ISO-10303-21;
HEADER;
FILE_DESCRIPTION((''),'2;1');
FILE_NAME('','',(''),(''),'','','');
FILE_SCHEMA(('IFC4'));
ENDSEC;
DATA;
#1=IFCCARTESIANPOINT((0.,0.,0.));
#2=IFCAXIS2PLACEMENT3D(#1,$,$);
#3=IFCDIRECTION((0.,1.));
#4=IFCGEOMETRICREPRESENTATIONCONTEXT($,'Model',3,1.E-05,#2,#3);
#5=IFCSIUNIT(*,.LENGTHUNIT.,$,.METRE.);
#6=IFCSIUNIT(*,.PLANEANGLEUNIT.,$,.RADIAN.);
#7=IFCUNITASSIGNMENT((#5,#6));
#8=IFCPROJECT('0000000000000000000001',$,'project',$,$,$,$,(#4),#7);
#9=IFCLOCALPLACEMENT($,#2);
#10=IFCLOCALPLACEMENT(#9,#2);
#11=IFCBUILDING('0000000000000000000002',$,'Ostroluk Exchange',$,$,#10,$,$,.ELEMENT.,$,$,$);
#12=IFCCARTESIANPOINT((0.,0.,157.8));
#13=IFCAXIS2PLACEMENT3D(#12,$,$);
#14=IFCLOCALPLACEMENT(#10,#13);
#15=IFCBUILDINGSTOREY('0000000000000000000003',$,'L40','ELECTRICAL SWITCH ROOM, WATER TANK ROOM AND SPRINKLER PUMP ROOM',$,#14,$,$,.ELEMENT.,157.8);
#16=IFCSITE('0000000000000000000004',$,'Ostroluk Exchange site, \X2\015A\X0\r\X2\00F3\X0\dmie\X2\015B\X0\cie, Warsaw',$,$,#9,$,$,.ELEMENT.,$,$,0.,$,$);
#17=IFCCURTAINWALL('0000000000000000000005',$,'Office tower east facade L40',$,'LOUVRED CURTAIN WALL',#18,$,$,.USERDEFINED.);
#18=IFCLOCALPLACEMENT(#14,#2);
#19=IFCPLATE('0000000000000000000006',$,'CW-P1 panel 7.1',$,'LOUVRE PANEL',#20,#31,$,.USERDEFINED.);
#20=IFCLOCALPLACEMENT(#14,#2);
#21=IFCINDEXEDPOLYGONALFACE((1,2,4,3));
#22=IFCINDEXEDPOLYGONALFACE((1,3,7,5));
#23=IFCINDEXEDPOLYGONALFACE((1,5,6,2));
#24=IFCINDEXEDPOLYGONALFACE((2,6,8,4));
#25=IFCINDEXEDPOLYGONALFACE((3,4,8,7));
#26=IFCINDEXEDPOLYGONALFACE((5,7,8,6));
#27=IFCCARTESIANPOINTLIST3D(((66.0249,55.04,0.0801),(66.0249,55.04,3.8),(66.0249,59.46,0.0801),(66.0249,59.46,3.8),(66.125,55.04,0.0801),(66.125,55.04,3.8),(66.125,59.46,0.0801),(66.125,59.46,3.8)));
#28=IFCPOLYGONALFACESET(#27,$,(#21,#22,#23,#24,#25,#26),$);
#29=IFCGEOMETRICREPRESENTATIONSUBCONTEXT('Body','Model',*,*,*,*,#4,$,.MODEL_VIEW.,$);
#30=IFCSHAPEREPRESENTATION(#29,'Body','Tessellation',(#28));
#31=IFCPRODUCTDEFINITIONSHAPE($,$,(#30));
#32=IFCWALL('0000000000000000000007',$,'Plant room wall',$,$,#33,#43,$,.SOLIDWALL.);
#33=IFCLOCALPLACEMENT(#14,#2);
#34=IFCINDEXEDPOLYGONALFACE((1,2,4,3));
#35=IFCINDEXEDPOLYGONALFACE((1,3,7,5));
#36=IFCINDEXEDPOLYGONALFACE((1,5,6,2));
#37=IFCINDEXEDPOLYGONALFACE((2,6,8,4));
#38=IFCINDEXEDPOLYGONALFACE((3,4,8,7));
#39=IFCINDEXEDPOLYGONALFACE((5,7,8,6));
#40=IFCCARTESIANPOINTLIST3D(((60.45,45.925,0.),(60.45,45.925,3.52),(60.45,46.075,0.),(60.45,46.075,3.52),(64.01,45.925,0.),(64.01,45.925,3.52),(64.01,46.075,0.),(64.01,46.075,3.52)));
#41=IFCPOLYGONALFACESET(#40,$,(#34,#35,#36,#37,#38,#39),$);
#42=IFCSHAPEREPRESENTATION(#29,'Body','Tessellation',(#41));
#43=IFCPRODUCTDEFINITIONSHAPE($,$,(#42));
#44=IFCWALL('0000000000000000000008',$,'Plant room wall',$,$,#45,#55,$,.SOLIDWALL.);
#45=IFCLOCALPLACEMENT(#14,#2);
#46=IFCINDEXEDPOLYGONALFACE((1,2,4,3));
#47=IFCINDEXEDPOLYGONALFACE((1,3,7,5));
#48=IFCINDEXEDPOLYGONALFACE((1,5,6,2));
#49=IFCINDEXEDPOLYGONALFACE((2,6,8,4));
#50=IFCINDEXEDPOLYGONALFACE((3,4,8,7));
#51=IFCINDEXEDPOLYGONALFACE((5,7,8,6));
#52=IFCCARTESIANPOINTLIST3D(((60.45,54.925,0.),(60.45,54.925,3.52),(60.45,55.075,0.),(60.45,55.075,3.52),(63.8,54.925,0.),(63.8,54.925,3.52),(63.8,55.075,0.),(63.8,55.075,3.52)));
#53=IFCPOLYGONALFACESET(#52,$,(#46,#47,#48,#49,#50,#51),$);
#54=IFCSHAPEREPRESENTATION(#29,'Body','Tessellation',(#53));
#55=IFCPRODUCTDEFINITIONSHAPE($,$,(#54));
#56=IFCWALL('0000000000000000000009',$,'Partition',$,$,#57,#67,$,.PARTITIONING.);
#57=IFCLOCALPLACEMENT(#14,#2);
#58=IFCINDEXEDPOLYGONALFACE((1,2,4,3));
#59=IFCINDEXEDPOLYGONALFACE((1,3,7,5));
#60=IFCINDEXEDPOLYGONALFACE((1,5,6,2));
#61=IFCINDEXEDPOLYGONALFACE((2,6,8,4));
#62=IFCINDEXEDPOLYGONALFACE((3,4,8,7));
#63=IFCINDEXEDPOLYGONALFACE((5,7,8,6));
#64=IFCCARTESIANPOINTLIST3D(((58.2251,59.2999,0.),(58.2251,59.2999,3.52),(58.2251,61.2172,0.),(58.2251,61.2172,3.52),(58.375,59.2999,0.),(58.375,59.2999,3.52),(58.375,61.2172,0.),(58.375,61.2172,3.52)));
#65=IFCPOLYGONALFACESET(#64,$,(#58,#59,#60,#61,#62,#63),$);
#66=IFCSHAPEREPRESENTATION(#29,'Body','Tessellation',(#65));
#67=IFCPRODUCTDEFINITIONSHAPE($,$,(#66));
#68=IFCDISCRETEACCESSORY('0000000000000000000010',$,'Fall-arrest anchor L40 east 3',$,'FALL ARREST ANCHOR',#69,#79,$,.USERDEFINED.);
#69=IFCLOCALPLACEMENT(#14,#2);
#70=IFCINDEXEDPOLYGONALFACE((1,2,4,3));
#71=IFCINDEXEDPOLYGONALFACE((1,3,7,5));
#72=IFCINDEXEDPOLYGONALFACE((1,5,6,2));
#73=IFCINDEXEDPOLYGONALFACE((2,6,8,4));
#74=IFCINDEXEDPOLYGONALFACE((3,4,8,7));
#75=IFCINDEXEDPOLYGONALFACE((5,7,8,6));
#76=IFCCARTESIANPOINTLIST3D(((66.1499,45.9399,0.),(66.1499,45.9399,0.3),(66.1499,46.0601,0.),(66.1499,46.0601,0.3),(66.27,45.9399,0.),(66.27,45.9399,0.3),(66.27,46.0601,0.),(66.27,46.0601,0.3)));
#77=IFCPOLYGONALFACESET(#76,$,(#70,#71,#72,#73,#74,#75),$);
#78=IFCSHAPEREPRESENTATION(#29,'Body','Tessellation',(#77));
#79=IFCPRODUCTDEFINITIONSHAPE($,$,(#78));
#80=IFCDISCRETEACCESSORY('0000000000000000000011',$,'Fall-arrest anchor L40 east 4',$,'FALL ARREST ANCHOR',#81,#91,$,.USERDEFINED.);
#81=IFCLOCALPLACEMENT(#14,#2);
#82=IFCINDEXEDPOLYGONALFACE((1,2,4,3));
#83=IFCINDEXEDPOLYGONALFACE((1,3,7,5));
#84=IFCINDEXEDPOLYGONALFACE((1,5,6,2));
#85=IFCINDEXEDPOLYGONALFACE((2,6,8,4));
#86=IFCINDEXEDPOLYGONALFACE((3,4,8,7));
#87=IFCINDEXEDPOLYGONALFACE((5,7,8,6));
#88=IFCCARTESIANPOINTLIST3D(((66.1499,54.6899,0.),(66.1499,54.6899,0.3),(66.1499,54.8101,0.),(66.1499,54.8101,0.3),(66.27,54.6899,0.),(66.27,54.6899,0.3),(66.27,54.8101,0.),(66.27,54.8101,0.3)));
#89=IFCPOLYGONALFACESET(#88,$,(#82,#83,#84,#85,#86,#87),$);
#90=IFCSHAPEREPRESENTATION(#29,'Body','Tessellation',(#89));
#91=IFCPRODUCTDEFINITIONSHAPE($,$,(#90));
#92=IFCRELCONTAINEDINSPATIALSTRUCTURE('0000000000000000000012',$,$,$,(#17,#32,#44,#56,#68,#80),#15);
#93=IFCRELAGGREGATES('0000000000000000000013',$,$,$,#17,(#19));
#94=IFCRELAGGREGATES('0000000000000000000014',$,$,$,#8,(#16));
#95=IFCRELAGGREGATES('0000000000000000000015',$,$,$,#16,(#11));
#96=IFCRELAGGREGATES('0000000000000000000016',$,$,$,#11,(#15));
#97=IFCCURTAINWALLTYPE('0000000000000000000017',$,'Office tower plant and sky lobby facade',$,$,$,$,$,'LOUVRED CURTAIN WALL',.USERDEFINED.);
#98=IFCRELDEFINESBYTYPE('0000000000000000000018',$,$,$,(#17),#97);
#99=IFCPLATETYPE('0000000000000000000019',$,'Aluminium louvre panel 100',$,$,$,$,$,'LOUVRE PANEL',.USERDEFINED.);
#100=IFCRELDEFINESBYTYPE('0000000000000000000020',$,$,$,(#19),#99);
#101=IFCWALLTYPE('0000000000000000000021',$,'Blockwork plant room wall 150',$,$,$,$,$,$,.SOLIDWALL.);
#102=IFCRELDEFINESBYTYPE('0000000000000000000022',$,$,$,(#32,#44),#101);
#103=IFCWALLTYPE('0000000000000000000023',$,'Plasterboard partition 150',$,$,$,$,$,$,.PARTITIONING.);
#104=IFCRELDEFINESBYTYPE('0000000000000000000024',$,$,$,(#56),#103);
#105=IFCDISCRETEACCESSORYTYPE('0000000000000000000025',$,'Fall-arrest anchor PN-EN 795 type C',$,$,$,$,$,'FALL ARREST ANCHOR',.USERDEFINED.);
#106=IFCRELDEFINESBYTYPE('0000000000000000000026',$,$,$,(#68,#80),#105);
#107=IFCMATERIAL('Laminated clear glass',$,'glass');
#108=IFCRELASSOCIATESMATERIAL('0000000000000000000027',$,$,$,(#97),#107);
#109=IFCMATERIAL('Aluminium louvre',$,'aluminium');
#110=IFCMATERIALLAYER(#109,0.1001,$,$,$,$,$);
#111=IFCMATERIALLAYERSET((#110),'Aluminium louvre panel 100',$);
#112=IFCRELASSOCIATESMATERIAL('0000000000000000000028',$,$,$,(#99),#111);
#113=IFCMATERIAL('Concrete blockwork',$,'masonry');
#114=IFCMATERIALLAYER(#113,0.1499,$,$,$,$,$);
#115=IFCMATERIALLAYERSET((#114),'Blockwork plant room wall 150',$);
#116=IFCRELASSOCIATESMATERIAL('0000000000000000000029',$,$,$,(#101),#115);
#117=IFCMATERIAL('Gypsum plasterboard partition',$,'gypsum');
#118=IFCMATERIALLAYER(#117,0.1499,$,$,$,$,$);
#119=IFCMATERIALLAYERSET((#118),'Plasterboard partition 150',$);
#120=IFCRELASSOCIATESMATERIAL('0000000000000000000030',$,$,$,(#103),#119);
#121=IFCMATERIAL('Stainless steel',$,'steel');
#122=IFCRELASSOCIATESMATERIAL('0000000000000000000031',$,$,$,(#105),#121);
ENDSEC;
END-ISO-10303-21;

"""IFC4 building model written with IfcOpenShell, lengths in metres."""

from ifc_helpers import new_model, si_unit, direction, frame, frame_2d, origin, origin_2d, place, context, subcontext, project, spatial, rectangle, extrude, material, layer, layer_set, type_object, element, aggregate, save


model = new_model("IFC4")

# Units and contexts
model_context = context("Model", 3, precision=1e-05, world=origin(), true_north=direction((0.0, 1.0)))
body_context = subcontext(model_context, "Body", "Model", "MODEL_VIEW")
ifc_project = project(units=[si_unit("LENGTHUNIT", "METRE"), si_unit("PLANEANGLEUNIT", "RADIAN")], contexts=[model_context])

# Site, building, storey
site_placement = place(None, origin())
site = spatial("IfcSite", under=ifc_project, at=site_placement, Name="Ostroluk Exchange site, Śródmieście, Warsaw", CompositionType="ELEMENT", RefElevation=0.0)
building_placement = place(site_placement, origin())
building = spatial("IfcBuilding", under=site, at=building_placement, Name="Ostroluk Exchange", CompositionType="ELEMENT")
storey_placement = place(building_placement, frame((0.0, 0.0, 157.8)))
storey = spatial("IfcBuildingStorey", under=building, at=storey_placement, Name="L40", Description="ELECTRICAL SWITCH ROOM, WATER TANK ROOM AND SPRINKLER PUMP ROOM", CompositionType="ELEMENT", Elevation=157.8)

# Curtain wall, plate
ifc_material_1 = material(Name="Laminated clear glass", Category="glass")
curtain_wall_type = type_object("IfcCurtainWallType", Name="Office tower plant and sky lobby facade", ElementType="LOUVRED CURTAIN WALL", PredefinedType="USERDEFINED", material=ifc_material_1)
curtain_wall_placement = place(storey_placement, origin())
curtain_wall = element("IfcCurtainWall", 1, at=curtain_wall_placement, inside=storey, type_object=curtain_wall_type, Name="Office tower east facade L40", ObjectType="LOUVRED CURTAIN WALL", PredefinedType="USERDEFINED")
ifc_material_2 = material(Name="Aluminium louvre", Category="aluminium")
ifc_layer_1 = layer(ifc_material_2, 0.1001)
ifc_layer_set_1 = layer_set([ifc_layer_1], Name="Aluminium louvre panel 100")
plate_type = type_object("IfcPlateType", Name="Aluminium louvre panel 100", ElementType="LOUVRE PANEL", PredefinedType="USERDEFINED", material=ifc_layer_set_1)
plate_1_placement = place(storey_placement, frame((66.075, 57.25, 0.0801), z_axis=(0.0, 0.0, 1.0), x_axis=(0.0, 1.0, 0.0)))
plate_1 = element("IfcPlate", 2, at=plate_1_placement, type_object=plate_type, Name="CW-P1 panel 7.1", ObjectType="LOUVRE PANEL", PredefinedType="USERDEFINED", context=body_context, shape_type="SweptSolid", body=[
    extrude(rectangle(XDim=4.4199, YDim=0.1001, at=origin_2d()), origin(), (0.0, 0.0, 1.0), 3.72),
])
aggregate(curtain_wall, [plate_1])

# Walls
ifc_material_3 = material(Name="Concrete blockwork", Category="masonry")
ifc_layer_2 = layer(ifc_material_3, 0.1499)
ifc_layer_set_2 = layer_set([ifc_layer_2], Name="Blockwork plant room wall 150")
wall_type_1 = type_object("IfcWallType", Name="Blockwork plant room wall 150", PredefinedType="SOLIDWALL", material=ifc_layer_set_2)
wall_1_placement = place(storey_placement, frame((60.45, 46.0, 0.0), z_axis=(0.0, 0.0, 1.0), x_axis=(1.0, 0.0, 0.0)))
element("IfcWall", 3, at=wall_1_placement, inside=storey, type_object=wall_type_1, Name="Plant room wall", PredefinedType="SOLIDWALL", context=body_context, shape_type="SweptSolid", body=[
    extrude(rectangle(XDim=3.5601, YDim=0.1499, at=frame_2d((1.78, 0.0))), origin(), (0.0, 0.0, 1.0), 3.52),
])
wall_2_placement = place(storey_placement, frame((60.45, 55.0, 0.0), z_axis=(0.0, 0.0, 1.0), x_axis=(1.0, 0.0, 0.0)))
element("IfcWall", 4, at=wall_2_placement, inside=storey, type_object=wall_type_1, Name="Plant room wall", PredefinedType="SOLIDWALL", context=body_context, shape_type="SweptSolid", body=[
    extrude(rectangle(XDim=3.3501, YDim=0.1499, at=frame_2d((1.675, 0.0))), origin(), (0.0, 0.0, 1.0), 3.52),
])
ifc_material_4 = material(Name="Gypsum plasterboard partition", Category="gypsum")
ifc_layer_3 = layer(ifc_material_4, 0.1499)
ifc_layer_set_3 = layer_set([ifc_layer_3], Name="Plasterboard partition 150")
wall_type_2 = type_object("IfcWallType", Name="Plasterboard partition 150", PredefinedType="PARTITIONING", material=ifc_layer_set_3)
wall_3_placement = place(storey_placement, frame((58.3, 59.3, 0.0), z_axis=(0.0, 0.0, 1.0), x_axis=(0.0, 1.0, 0.0)))
element("IfcWall", 5, at=wall_3_placement, inside=storey, type_object=wall_type_2, Name="Partition", PredefinedType="PARTITIONING", context=body_context, shape_type="SweptSolid", body=[
    extrude(rectangle(XDim=1.9172, YDim=0.1499, at=frame_2d((0.9585, 0.0))), origin(), (0.0, 0.0, 1.0), 3.52),
])

# Discrete accessories
ifc_material_5 = material(Name="Stainless steel", Category="steel")
discrete_accessory_type = type_object("IfcDiscreteAccessoryType", Name="Fall-arrest anchor PN-EN 795 type C", ElementType="FALL ARREST ANCHOR", PredefinedType="USERDEFINED", material=ifc_material_5)
for number, where, z_axis, x_axis, name in (
    (6, (66.21, 46.0, 0.0), (0.0, 0.0, 1.0), (1.0, 0.0, 0.0), "Fall-arrest anchor L40 east 3"),
    (7, (66.21, 54.75, 0.0), (0.0, 0.0, 1.0), (1.0, 0.0, 0.0), "Fall-arrest anchor L40 east 4"),
):
    element("IfcDiscreteAccessory", number, at=place(storey_placement, frame(where, z_axis=z_axis, x_axis=x_axis)), inside=storey, type_object=discrete_accessory_type, Name=name, ObjectType="FALL ARREST ANCHOR", PredefinedType="USERDEFINED", context=body_context, shape_type="SweptSolid", body=[
        extrude(rectangle(XDim=0.1201, YDim=0.1201, at=origin_2d()), origin(), (0.0, 0.0, 1.0), 0.3),
    ])

save(model, "model.ifc")
